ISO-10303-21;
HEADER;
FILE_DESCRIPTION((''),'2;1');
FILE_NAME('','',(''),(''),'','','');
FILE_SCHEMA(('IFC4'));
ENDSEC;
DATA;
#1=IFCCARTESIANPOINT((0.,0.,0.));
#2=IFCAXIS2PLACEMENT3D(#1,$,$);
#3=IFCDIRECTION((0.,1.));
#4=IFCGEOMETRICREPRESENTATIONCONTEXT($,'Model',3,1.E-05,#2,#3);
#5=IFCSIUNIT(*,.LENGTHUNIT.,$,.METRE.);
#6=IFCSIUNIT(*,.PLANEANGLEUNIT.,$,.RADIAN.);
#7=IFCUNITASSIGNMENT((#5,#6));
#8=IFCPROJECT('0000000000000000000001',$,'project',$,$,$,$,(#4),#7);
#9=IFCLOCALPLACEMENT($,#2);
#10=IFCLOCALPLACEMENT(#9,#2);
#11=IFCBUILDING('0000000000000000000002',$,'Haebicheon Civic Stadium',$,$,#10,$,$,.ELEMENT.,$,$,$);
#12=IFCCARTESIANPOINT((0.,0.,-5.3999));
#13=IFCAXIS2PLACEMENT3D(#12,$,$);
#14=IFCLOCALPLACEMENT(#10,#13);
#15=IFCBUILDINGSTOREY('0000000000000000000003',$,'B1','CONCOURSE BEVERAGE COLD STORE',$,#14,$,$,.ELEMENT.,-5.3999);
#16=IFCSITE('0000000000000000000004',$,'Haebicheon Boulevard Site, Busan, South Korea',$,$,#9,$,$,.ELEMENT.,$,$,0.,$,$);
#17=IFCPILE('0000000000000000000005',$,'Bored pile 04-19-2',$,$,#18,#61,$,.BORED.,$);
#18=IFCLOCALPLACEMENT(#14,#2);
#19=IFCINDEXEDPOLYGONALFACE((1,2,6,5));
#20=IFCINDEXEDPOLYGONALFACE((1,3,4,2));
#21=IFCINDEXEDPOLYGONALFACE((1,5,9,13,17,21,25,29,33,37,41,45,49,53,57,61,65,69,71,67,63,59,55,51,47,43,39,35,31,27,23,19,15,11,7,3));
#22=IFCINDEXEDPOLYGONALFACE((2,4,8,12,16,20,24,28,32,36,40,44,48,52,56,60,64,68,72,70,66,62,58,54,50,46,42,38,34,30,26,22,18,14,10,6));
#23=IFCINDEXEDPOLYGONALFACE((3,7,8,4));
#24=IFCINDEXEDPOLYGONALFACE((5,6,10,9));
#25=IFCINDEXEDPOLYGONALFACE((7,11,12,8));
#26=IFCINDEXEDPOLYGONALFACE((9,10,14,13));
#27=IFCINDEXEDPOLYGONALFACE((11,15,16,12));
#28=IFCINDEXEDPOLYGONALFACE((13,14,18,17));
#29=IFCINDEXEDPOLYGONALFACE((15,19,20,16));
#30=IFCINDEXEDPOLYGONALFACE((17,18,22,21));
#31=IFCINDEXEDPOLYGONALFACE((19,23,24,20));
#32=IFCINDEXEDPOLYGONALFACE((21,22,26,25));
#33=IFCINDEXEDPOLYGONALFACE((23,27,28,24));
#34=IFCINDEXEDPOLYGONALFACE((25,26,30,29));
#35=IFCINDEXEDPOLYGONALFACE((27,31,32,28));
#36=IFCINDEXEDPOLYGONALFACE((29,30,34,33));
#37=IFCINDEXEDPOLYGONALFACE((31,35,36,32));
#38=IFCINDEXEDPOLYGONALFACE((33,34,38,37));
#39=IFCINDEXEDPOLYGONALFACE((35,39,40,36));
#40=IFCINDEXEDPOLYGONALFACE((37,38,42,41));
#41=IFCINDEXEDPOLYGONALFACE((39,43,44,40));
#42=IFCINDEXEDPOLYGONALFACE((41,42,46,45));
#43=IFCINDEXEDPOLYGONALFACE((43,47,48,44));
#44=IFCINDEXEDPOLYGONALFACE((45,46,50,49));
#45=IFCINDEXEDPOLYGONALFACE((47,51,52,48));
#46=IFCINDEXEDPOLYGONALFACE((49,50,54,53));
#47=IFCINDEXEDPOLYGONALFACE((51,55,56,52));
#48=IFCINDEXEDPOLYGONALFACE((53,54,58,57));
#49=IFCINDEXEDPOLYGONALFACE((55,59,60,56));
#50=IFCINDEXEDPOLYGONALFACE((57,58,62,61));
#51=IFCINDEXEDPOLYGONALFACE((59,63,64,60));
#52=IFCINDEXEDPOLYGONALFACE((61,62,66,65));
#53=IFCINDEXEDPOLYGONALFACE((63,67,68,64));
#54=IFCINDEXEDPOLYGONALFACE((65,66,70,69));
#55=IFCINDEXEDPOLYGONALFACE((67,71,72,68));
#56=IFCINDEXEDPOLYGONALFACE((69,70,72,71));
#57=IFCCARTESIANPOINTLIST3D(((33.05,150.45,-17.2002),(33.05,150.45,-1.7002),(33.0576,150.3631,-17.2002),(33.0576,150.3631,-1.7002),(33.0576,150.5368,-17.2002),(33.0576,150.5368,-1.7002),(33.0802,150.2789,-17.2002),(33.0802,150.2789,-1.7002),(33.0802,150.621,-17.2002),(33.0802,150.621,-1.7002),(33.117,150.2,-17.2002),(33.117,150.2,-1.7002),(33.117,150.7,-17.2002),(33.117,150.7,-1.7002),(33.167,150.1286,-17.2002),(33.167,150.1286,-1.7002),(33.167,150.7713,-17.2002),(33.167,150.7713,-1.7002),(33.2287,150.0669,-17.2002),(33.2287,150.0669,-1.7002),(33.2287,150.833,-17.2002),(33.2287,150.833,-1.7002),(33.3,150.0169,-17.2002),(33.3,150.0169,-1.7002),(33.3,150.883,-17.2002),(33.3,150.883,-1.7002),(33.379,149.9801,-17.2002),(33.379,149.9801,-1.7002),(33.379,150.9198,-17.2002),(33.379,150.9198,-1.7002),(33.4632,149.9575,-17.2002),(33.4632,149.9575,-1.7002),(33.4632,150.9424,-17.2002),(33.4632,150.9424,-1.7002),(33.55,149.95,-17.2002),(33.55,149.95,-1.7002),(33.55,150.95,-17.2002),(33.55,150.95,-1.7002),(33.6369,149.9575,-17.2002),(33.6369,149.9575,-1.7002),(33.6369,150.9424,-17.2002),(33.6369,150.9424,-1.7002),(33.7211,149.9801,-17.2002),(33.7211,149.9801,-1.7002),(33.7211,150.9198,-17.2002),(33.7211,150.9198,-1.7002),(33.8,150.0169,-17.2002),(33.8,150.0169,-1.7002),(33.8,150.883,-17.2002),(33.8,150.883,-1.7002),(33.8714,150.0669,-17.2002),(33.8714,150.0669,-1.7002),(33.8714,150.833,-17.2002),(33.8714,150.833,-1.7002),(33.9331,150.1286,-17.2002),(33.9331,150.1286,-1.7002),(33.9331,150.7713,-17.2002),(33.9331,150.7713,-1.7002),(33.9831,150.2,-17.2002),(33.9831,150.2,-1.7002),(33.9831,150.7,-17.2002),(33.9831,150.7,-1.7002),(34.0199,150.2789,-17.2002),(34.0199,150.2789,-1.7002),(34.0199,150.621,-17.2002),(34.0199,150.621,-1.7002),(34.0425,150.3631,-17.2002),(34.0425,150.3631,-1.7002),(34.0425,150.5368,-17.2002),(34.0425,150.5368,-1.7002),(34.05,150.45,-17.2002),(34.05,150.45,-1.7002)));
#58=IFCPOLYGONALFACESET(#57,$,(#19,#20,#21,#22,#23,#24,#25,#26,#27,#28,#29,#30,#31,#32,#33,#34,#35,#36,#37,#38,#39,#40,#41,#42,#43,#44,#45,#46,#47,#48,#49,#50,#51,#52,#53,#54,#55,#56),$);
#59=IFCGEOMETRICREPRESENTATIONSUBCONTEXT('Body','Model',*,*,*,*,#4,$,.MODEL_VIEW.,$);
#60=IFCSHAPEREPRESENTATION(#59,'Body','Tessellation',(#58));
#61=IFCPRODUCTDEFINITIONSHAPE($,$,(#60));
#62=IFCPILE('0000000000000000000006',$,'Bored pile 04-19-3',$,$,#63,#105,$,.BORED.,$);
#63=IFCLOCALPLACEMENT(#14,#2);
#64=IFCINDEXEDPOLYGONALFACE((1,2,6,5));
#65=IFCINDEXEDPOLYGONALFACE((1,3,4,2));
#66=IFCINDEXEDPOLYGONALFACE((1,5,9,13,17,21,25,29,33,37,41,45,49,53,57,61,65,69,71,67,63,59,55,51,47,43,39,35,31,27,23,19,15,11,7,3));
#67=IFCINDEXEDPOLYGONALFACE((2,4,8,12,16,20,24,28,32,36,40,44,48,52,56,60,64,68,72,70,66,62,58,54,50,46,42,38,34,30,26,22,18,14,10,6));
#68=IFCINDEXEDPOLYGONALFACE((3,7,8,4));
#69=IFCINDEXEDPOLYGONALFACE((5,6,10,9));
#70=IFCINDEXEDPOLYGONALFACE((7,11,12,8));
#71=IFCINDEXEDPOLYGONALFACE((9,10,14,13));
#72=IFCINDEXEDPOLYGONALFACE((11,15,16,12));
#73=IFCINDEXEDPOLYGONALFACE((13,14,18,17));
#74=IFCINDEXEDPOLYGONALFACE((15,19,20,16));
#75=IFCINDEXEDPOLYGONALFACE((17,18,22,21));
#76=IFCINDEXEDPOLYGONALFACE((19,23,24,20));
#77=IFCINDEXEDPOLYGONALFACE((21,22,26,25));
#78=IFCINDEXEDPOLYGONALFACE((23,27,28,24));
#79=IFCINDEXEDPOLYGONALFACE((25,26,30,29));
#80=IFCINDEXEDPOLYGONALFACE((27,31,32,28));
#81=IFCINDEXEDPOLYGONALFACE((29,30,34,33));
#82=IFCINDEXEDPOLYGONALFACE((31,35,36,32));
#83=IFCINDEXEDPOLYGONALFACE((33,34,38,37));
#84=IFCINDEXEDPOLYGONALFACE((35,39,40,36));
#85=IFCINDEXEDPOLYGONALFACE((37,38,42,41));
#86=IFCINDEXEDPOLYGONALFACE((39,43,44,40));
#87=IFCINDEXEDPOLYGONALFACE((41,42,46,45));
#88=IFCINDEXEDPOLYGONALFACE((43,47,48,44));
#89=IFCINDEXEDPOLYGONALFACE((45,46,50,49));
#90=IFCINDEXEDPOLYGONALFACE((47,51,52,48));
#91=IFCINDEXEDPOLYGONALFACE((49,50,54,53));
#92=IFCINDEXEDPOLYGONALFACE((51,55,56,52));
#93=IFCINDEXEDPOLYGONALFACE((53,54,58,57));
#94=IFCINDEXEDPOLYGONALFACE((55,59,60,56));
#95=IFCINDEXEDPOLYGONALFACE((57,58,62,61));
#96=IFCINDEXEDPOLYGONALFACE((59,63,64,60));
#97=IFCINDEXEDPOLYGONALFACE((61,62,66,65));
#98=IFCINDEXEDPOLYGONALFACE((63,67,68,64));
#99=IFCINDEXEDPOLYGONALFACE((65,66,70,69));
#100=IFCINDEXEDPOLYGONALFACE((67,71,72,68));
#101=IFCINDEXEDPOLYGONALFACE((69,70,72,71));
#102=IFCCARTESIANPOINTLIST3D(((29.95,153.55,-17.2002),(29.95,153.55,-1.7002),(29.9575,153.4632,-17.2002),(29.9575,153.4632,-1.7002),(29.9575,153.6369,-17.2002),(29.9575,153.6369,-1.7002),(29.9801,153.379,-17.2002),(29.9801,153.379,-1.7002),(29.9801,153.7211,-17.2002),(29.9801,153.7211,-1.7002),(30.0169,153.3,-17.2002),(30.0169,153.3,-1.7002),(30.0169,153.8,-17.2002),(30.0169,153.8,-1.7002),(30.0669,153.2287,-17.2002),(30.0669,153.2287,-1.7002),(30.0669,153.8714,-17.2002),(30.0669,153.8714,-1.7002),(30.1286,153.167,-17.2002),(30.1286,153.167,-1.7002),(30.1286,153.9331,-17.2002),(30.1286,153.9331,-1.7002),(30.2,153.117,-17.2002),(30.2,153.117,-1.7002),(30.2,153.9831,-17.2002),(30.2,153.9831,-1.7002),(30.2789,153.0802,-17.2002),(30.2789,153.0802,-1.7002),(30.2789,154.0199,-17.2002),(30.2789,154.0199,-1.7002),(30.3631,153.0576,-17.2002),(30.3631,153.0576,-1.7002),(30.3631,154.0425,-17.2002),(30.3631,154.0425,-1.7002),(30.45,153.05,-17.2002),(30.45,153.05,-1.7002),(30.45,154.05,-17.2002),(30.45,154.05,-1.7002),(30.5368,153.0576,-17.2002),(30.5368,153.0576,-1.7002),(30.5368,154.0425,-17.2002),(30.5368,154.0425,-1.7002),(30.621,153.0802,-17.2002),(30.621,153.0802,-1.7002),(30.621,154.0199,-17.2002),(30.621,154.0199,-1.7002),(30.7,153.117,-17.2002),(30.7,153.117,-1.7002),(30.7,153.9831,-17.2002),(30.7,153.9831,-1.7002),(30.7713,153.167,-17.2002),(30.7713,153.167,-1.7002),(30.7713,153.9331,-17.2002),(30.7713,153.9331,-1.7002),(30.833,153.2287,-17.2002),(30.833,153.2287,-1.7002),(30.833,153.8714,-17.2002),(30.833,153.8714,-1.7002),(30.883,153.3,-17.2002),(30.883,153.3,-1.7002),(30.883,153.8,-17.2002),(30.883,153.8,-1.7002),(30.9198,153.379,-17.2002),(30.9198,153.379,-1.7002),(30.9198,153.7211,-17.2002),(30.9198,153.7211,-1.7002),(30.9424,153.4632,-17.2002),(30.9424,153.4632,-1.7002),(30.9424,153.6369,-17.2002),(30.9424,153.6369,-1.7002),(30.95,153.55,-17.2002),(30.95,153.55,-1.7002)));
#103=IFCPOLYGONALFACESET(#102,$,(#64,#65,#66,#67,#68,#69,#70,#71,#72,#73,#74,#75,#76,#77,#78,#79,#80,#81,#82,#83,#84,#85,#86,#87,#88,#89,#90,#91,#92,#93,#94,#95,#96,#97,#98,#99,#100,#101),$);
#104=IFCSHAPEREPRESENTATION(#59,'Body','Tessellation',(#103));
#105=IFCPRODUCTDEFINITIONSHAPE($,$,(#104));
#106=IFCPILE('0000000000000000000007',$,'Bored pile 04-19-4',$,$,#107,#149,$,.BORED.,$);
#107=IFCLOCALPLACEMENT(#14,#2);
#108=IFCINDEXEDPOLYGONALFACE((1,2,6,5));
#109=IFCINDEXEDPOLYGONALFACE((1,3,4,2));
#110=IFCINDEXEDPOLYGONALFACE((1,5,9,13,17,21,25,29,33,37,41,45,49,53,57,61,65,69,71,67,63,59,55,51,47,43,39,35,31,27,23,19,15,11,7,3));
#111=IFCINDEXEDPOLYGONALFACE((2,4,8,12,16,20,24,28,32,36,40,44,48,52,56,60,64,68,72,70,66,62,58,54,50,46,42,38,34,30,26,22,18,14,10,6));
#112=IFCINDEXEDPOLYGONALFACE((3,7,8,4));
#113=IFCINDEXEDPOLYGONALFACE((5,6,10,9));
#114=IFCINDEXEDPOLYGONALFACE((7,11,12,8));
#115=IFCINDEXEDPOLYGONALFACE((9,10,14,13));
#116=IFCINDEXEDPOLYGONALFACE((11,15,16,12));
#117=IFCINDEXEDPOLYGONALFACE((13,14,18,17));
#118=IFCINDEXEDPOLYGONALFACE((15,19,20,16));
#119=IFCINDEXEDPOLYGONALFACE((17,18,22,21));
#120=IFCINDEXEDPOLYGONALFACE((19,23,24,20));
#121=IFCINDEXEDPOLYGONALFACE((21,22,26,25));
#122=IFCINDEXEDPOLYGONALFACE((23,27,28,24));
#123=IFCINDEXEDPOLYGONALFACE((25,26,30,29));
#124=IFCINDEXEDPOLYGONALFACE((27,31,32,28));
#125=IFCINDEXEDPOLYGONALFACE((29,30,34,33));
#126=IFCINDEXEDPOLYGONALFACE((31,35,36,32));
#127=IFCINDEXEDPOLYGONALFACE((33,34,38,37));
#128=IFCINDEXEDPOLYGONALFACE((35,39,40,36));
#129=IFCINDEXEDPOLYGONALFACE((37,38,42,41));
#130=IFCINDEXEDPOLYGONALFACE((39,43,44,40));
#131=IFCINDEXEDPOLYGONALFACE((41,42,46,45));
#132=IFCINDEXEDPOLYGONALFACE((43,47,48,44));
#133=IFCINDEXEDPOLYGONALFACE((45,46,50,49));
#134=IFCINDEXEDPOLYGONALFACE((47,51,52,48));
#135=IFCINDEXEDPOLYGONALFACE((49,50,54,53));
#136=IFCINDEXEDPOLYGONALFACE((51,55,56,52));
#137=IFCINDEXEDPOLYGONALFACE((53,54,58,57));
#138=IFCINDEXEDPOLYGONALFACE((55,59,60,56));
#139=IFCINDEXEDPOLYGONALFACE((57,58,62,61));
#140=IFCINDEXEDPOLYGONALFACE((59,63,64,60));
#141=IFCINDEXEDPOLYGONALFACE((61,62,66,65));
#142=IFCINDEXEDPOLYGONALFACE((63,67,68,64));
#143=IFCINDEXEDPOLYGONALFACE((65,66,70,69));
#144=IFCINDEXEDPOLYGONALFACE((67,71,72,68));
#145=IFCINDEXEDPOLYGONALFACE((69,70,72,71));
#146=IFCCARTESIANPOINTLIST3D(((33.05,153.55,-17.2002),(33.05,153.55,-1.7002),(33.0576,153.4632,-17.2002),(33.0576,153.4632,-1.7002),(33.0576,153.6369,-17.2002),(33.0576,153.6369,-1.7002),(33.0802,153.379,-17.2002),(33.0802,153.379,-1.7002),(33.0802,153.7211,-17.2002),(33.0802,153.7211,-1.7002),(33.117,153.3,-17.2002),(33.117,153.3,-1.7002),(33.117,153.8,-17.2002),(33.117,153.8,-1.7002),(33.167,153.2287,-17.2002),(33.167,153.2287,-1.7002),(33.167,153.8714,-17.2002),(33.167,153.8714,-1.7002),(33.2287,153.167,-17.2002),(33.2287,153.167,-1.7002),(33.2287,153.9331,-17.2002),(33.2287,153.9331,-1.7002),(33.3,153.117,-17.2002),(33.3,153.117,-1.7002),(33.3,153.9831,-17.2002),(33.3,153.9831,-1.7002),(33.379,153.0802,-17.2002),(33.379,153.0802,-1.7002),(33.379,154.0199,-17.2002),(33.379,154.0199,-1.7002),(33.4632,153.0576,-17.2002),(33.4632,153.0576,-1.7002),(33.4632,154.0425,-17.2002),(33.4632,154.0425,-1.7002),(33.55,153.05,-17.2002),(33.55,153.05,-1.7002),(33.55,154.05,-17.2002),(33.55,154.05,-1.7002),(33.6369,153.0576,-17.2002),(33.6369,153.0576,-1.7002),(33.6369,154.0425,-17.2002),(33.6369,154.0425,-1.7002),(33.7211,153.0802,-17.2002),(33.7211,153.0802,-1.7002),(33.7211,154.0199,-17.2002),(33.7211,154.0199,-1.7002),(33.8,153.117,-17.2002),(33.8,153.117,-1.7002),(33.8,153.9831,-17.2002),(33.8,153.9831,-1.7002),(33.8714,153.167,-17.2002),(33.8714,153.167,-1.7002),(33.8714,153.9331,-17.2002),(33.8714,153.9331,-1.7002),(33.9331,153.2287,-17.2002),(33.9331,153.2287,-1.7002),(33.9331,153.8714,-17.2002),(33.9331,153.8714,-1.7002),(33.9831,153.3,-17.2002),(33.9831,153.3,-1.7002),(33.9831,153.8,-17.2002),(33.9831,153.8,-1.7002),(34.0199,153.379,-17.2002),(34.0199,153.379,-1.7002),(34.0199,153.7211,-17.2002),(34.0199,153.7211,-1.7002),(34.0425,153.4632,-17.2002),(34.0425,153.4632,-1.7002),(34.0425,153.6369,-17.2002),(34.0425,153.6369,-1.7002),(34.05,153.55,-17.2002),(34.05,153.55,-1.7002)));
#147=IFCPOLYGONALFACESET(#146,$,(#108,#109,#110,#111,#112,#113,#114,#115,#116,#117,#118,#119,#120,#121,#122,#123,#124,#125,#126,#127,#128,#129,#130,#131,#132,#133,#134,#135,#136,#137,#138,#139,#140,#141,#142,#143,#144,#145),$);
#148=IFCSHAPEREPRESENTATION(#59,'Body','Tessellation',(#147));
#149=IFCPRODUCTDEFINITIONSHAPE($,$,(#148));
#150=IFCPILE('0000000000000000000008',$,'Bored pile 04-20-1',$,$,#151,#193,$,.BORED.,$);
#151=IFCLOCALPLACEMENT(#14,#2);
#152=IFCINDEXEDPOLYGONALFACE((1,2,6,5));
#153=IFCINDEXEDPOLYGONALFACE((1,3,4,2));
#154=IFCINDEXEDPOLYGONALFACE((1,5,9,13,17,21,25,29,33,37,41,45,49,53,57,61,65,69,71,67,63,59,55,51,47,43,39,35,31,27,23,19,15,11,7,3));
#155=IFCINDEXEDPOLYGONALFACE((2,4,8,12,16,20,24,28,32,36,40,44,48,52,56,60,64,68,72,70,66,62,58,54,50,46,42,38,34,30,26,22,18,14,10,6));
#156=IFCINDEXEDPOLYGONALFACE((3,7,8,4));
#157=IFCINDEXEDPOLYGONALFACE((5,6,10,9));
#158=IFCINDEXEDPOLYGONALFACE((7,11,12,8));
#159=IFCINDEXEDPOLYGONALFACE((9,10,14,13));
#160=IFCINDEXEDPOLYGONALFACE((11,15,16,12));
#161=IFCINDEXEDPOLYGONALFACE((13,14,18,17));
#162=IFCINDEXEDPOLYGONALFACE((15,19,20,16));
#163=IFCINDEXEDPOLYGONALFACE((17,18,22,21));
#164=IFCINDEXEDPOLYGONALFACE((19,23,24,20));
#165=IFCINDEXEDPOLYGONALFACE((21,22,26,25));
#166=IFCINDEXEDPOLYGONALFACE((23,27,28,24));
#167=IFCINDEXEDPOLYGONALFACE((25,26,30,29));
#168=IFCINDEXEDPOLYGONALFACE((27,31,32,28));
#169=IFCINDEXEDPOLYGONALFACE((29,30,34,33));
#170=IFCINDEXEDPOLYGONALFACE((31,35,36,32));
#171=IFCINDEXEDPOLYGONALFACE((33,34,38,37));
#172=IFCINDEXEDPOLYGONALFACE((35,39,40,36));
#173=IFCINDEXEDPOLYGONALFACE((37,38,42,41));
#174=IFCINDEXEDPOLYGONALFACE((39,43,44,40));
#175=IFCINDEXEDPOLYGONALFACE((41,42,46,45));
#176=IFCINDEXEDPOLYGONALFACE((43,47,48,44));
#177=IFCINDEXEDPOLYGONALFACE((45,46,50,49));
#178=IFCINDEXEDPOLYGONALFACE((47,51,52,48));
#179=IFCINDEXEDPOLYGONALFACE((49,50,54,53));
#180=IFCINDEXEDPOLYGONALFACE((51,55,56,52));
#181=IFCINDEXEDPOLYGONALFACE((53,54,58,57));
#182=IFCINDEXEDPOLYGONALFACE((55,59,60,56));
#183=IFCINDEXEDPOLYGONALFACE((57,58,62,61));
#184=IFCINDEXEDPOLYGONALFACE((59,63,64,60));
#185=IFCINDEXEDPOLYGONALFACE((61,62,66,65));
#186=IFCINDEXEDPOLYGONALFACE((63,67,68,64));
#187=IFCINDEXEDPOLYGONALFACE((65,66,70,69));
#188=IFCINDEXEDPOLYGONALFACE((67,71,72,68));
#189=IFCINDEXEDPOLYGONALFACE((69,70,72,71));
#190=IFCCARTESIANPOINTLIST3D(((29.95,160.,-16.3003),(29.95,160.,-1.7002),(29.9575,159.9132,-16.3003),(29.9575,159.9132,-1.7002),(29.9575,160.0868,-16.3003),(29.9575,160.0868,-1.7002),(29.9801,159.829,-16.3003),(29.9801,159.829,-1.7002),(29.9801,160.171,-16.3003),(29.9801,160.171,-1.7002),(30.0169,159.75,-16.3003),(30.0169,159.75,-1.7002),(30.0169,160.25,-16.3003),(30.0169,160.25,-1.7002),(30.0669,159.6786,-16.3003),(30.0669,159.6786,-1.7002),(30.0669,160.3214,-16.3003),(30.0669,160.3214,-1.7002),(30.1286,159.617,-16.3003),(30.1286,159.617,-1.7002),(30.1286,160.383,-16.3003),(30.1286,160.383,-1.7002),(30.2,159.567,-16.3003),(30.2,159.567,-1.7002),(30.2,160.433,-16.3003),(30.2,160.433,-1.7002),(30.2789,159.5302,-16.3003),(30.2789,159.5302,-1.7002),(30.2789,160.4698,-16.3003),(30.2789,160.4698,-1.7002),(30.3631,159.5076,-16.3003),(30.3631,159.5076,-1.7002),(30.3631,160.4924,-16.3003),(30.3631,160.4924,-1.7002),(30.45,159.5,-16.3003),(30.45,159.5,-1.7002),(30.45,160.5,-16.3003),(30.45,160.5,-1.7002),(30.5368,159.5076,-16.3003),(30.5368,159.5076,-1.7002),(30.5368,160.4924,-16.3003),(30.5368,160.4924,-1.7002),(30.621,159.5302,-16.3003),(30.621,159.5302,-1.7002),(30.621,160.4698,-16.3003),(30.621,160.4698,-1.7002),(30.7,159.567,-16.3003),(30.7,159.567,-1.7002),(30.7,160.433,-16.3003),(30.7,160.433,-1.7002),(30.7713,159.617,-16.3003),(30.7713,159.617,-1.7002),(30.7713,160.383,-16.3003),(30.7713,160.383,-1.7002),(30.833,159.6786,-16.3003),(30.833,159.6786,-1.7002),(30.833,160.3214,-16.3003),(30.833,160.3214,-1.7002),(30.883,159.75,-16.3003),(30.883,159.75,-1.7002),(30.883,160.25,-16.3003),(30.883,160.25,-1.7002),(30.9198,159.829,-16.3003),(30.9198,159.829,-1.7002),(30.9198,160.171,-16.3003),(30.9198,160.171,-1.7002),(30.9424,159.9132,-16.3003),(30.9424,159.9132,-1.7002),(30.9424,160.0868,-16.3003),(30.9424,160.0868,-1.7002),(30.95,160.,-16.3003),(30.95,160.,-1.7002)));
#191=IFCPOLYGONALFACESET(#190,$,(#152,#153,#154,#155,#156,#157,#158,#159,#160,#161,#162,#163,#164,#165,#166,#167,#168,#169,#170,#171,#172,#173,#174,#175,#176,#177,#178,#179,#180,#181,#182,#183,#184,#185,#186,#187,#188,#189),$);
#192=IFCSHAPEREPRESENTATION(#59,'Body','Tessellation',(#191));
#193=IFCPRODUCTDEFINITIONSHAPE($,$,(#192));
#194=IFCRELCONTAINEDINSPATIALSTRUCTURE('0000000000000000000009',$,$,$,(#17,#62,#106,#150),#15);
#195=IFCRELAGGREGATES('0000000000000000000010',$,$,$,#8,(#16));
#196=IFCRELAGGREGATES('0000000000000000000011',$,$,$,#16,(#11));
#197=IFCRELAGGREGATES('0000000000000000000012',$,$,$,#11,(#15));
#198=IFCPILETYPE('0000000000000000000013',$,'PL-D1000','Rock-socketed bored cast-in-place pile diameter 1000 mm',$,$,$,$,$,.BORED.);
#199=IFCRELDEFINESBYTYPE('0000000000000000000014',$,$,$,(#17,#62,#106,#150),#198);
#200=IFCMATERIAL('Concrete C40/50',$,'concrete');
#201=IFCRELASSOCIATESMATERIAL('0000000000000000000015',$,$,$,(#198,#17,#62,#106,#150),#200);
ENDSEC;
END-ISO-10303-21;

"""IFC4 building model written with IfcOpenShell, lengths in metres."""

from ifc_helpers import new_model, si_unit, direction, frame, origin, origin_2d, place, context, subcontext, project, spatial, circle, extrude, material, material_profile, profile_set, type_object, element, save


model = new_model("IFC4")

# Units and contexts
model_context = context("Model", 3, precision=1e-05, world=origin(), true_north=direction((0.0, 1.0)))
body_context = subcontext(model_context, "Body", "Model", "MODEL_VIEW")
ifc_project = project(units=[si_unit("LENGTHUNIT", "METRE"), si_unit("PLANEANGLEUNIT", "RADIAN")], contexts=[model_context])

# Site, building, storey
site_placement = place(None, origin())
site = spatial("IfcSite", under=ifc_project, at=site_placement, Name="Haebicheon Boulevard Site, Busan, South Korea", CompositionType="ELEMENT", RefElevation=0.0)
building_placement = place(site_placement, origin())
building = spatial("IfcBuilding", under=site, at=building_placement, Name="Haebicheon Civic Stadium", CompositionType="ELEMENT")
storey_placement = place(building_placement, frame((0.0, 0.0, -5.3999)))
storey = spatial("IfcBuildingStorey", under=building, at=storey_placement, Name="B1", Description="CONCOURSE BEVERAGE COLD STORE", CompositionType="ELEMENT", Elevation=-5.3999)

# Piles
ifc_material_1 = material(Name="Concrete C40/50", Category="concrete")
ifc_material_profile_1 = material_profile(ifc_material_1, circle(Radius=0.5, at=origin_2d()), Name="PILE-D1000")
ifc_profile_set_1 = profile_set([ifc_material_profile_1], Name="Concrete C40/50")
pile_type = type_object("IfcPileType", Name="PL-D1000", Description="Rock-socketed bored cast-in-place pile diameter 1000 mm", PredefinedType="BORED", material=ifc_profile_set_1)
for number, where, z_axis, x_axis, name in (
    (1, (33.55, 150.45, -1.7002), (0.0, 0.0, -1.0), (1.0, 0.0, 0.0), "Bored pile 04-19-2"),
    (2, (30.45, 153.55, -1.7002), (0.0, 0.0, -1.0), (1.0, 0.0, 0.0), "Bored pile 04-19-3"),
    (3, (33.55, 153.55, -1.7002), (0.0, 0.0, -1.0), (1.0, 0.0, 0.0), "Bored pile 04-19-4"),
):
    element("IfcPile", number, at=place(storey_placement, frame(where, z_axis=z_axis, x_axis=x_axis)), inside=storey, type_object=pile_type, material=ifc_profile_set_1, Name=name, PredefinedType="BORED", context=body_context, shape_type="SweptSolid", body=[
        extrude(circle(Radius=0.5, at=origin_2d()), origin(), (0.0, 0.0, 1.0), 15.5),
    ])
pile_1_placement = place(storey_placement, frame((30.45, 160.0, -1.7002), z_axis=(0.0, 0.0, -1.0), x_axis=(1.0, 0.0, 0.0)))
element("IfcPile", 4, at=pile_1_placement, inside=storey, type_object=pile_type, material=ifc_profile_set_1, Name="Bored pile 04-20-1", PredefinedType="BORED", context=body_context, shape_type="SweptSolid", body=[
    extrude(circle(Radius=0.5, at=origin_2d()), origin(), (0.0, 0.0, 1.0), 14.6001),
])

save(model, "model.ifc")
